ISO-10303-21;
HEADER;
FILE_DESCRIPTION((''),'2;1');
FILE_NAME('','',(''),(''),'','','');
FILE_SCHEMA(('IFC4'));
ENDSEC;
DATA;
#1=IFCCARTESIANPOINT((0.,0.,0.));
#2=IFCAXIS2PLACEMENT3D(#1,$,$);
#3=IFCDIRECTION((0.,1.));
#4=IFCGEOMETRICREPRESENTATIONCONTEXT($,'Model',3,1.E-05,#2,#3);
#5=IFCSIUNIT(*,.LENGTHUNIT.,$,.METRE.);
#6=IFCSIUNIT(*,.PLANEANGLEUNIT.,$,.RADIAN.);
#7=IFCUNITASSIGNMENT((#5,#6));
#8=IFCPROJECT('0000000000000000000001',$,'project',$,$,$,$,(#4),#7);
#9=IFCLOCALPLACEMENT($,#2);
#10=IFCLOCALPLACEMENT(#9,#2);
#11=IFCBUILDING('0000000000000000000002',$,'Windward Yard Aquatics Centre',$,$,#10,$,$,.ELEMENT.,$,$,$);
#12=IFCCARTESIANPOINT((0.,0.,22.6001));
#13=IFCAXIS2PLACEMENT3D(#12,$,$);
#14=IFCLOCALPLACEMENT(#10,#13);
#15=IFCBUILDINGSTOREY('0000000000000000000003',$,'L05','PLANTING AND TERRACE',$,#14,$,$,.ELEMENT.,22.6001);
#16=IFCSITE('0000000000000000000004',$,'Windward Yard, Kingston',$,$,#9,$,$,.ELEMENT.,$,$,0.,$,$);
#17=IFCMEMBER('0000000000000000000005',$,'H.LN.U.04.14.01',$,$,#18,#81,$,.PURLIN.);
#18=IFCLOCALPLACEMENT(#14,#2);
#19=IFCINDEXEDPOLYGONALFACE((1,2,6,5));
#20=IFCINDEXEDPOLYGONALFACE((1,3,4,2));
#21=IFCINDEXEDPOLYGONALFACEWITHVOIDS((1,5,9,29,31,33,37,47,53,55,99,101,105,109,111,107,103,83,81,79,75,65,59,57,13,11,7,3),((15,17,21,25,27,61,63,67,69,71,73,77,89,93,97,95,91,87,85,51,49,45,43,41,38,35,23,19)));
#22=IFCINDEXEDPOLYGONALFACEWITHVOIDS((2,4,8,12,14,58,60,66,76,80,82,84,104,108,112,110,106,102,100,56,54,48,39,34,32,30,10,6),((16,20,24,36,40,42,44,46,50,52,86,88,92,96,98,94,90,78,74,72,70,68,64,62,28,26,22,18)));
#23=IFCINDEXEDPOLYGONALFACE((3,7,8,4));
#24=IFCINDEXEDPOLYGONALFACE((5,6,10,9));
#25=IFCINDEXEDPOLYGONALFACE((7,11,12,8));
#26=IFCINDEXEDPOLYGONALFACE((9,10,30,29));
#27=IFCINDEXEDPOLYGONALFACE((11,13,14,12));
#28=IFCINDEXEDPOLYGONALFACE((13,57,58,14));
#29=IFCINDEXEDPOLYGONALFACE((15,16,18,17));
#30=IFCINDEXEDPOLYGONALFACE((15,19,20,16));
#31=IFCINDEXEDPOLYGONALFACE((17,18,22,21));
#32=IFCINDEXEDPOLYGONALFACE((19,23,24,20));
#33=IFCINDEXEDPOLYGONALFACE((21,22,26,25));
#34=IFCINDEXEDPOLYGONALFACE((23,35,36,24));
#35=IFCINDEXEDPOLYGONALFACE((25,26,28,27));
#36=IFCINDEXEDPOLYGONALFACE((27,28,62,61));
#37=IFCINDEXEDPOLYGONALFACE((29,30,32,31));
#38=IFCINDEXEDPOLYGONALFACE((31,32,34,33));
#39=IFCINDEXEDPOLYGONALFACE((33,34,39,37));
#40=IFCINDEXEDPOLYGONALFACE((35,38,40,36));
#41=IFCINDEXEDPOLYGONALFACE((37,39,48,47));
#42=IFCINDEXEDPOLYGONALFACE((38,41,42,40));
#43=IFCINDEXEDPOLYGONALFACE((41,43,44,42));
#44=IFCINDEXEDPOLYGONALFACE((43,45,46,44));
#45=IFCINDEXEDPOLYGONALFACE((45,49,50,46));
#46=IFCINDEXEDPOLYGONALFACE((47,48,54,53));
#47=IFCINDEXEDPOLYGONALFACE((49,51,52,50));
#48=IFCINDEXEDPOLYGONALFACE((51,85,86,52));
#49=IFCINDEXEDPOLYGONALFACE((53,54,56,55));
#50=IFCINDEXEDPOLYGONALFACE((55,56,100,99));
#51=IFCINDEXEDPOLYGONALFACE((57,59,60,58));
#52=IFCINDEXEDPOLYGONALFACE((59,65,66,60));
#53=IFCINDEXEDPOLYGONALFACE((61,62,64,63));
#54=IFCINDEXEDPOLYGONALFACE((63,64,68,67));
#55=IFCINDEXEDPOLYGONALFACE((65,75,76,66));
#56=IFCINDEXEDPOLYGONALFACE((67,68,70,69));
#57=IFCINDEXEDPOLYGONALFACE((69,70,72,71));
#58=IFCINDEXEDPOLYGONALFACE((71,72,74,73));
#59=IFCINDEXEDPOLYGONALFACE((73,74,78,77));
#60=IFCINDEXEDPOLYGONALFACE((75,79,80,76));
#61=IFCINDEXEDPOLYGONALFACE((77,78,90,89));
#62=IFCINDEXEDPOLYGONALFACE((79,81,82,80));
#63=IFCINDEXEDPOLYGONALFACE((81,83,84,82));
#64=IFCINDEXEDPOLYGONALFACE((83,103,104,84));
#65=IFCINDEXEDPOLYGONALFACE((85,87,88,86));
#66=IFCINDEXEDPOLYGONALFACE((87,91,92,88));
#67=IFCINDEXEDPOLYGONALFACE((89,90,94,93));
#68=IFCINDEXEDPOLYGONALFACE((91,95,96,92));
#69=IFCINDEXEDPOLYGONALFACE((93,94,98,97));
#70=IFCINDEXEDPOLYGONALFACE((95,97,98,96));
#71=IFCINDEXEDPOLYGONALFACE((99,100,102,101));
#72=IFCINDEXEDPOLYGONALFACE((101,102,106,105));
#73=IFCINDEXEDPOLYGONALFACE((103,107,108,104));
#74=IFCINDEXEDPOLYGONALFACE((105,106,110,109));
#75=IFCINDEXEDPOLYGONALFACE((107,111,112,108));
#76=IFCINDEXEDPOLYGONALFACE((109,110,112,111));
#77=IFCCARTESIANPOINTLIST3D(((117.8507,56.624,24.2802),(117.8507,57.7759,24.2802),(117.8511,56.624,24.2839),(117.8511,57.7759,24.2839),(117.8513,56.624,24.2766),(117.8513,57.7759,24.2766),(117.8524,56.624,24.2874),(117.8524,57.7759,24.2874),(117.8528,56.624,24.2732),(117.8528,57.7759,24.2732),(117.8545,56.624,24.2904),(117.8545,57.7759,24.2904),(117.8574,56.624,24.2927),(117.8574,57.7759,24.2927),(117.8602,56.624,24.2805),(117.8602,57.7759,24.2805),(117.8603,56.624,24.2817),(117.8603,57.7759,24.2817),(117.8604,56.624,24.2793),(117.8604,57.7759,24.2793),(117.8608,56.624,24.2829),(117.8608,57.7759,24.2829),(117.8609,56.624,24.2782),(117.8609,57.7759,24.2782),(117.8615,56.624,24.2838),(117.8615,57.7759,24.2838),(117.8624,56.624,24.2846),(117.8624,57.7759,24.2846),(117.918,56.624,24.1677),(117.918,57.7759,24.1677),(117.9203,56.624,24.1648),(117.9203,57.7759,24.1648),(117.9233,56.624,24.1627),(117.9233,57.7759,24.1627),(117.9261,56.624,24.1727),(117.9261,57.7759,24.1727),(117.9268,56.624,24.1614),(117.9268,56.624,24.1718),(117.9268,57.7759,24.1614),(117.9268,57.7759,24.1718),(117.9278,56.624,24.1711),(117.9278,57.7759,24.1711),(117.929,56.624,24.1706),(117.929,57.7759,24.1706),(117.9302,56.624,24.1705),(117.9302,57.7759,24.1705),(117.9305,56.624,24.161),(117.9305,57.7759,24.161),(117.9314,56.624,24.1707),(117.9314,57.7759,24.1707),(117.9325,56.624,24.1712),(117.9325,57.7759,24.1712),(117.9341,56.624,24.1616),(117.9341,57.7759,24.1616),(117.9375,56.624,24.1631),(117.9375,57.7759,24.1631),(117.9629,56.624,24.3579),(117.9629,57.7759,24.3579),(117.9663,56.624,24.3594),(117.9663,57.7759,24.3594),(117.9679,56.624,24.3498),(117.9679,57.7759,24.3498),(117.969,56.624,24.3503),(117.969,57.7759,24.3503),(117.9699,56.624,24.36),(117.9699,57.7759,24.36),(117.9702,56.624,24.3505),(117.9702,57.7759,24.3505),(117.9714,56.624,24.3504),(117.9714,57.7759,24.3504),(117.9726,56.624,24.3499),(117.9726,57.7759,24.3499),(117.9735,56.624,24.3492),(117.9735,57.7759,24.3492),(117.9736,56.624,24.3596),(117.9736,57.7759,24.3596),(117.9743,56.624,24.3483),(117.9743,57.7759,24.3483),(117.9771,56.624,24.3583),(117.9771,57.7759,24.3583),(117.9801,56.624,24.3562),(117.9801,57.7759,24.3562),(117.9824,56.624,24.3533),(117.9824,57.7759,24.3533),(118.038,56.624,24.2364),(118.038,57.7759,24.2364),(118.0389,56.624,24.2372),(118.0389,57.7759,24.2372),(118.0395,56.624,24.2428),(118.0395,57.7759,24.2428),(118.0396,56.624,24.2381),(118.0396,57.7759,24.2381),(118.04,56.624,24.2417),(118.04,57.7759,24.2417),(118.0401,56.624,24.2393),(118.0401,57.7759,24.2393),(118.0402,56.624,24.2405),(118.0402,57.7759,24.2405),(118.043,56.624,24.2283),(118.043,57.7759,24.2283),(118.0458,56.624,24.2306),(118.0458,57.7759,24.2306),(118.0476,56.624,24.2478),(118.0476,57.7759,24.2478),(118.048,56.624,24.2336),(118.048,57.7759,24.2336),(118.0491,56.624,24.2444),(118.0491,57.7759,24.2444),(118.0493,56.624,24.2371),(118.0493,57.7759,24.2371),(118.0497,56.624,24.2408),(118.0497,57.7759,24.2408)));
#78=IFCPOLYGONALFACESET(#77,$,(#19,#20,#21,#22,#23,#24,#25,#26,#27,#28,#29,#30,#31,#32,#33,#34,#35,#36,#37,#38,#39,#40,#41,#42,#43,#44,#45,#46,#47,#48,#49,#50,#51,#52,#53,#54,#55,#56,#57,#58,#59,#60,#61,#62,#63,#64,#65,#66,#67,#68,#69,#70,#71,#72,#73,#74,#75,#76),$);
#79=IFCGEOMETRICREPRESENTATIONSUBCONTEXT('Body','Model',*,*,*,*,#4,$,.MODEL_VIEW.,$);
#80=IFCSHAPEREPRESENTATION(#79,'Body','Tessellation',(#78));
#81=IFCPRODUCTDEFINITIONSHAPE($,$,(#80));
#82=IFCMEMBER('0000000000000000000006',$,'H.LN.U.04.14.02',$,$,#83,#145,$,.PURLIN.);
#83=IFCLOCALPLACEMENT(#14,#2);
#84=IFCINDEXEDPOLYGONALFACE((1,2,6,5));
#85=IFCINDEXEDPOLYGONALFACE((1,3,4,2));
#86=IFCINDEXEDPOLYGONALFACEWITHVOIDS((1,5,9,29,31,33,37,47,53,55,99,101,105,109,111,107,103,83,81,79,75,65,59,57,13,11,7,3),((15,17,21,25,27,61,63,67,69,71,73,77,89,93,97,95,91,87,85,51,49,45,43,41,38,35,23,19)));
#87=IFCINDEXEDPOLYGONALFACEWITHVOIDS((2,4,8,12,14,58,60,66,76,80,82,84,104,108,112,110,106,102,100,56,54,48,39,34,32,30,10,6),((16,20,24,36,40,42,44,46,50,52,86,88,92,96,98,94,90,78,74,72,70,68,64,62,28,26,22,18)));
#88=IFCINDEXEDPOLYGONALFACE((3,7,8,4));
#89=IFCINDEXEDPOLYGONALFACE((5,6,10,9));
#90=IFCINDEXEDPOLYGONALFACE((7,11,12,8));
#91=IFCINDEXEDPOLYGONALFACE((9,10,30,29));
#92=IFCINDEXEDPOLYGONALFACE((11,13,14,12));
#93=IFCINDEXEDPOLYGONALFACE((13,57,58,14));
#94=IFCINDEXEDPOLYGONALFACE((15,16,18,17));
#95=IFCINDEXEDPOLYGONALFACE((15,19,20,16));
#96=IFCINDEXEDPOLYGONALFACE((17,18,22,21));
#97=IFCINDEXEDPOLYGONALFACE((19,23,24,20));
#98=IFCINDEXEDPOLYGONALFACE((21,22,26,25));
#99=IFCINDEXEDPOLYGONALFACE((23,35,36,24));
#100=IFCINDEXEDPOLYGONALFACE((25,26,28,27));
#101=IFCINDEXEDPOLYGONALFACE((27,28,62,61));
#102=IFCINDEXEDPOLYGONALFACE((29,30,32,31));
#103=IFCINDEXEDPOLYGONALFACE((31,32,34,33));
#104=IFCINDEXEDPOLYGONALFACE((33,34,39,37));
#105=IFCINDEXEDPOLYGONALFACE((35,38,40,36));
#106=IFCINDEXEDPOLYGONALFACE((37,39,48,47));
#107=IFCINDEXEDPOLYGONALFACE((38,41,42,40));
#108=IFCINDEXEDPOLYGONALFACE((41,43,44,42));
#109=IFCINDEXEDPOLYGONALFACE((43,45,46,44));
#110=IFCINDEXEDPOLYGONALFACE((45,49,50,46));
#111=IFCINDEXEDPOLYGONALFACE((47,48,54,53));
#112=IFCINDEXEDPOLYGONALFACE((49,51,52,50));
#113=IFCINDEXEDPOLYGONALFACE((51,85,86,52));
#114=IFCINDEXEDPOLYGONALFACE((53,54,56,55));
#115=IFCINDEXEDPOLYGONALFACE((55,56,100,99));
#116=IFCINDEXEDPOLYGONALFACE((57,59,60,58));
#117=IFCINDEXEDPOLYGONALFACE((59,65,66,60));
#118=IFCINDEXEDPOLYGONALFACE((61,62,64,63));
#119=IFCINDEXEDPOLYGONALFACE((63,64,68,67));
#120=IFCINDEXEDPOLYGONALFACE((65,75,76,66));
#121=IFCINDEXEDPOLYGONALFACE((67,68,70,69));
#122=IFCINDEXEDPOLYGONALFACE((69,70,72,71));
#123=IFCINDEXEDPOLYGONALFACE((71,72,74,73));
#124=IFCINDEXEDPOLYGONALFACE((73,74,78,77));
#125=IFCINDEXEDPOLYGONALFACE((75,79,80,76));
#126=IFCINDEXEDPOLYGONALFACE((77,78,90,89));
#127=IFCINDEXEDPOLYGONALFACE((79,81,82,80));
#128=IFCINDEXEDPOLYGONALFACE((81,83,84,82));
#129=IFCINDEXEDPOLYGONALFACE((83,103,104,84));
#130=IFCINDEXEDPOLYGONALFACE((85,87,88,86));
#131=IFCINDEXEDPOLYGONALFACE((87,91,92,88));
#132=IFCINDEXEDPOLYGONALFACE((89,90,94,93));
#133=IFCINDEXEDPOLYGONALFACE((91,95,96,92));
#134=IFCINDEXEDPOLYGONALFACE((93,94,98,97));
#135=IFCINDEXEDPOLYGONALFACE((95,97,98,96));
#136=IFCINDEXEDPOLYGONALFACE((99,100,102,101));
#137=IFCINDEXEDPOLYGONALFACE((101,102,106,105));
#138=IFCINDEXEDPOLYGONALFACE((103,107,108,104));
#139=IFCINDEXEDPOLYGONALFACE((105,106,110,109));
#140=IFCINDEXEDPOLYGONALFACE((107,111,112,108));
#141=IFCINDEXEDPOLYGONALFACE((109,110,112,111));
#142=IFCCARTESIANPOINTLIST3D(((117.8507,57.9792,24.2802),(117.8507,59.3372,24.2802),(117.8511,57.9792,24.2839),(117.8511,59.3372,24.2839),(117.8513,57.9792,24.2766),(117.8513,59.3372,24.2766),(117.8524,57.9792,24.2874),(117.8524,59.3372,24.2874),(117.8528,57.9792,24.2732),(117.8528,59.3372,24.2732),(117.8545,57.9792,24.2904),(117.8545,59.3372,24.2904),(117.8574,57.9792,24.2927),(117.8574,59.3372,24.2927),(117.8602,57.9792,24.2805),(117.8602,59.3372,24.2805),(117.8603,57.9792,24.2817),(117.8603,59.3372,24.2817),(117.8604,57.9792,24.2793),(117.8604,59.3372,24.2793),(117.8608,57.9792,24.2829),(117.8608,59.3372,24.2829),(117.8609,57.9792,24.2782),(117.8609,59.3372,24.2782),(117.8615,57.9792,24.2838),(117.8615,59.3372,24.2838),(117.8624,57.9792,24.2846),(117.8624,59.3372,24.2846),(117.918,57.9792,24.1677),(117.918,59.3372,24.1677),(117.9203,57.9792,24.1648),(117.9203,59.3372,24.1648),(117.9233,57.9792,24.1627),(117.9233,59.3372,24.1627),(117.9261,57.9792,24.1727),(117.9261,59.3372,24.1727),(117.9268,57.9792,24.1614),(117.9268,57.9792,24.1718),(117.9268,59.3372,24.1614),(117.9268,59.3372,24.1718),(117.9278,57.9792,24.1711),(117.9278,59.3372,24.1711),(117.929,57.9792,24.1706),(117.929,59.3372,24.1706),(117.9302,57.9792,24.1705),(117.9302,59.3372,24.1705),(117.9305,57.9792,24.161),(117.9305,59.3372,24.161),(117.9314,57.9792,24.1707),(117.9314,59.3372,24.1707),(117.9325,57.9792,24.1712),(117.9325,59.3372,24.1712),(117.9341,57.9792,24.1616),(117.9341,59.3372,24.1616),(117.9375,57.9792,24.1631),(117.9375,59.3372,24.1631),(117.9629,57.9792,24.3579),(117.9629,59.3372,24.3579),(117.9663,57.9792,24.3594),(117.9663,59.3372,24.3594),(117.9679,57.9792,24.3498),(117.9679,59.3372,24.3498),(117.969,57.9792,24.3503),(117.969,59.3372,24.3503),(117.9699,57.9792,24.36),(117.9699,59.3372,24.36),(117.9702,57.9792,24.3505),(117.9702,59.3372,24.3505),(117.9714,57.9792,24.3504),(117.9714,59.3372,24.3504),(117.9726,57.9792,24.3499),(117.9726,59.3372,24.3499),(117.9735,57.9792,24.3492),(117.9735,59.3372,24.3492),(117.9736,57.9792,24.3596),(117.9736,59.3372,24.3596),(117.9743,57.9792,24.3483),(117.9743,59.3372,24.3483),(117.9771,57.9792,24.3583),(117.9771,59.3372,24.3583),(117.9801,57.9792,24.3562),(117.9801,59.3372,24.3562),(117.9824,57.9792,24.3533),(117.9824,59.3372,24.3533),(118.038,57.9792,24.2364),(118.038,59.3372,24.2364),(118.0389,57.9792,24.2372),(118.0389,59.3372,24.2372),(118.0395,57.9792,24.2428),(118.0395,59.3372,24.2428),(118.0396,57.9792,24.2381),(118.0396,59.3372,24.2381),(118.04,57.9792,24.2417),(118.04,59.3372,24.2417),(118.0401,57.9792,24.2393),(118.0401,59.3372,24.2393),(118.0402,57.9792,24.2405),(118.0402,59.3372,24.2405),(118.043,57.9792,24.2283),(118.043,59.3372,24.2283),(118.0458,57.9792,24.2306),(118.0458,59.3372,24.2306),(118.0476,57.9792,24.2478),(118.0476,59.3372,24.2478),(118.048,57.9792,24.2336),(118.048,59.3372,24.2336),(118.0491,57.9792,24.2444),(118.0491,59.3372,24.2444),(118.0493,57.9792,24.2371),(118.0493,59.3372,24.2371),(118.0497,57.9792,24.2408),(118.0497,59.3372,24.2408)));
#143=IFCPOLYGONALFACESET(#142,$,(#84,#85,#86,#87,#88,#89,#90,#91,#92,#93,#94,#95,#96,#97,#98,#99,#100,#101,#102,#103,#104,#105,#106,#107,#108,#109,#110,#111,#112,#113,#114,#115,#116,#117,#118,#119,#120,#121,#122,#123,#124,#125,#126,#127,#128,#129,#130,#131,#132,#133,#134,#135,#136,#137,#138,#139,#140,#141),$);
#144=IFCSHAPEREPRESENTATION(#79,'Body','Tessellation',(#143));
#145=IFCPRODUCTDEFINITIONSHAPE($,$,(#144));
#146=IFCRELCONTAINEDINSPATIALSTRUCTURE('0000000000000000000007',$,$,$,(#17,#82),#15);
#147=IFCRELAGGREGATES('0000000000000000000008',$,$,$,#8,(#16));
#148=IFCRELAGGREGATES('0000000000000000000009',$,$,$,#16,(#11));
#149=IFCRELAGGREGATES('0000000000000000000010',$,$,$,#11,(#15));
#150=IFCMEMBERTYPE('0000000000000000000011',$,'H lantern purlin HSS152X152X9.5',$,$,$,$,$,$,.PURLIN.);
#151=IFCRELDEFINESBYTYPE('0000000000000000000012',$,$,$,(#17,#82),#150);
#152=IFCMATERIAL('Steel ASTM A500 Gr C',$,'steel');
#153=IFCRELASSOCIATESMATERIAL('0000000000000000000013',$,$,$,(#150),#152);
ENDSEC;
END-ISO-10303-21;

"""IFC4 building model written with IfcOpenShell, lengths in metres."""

from ifc_helpers import new_model, si_unit, direction, frame, origin, origin_2d, place, context, subcontext, project, spatial, hollow_rectangle, extrude, material, material_profile, profile_set, type_object, element, save


model = new_model("IFC4")

# Units and contexts
model_context = context("Model", 3, precision=1e-05, world=origin(), true_north=direction((0.0, 1.0)))
body_context = subcontext(model_context, "Body", "Model", "MODEL_VIEW")
ifc_project = project(units=[si_unit("LENGTHUNIT", "METRE"), si_unit("PLANEANGLEUNIT", "RADIAN")], contexts=[model_context])

# Site, building, storey
site_placement = place(None, origin())
site = spatial("IfcSite", under=ifc_project, at=site_placement, Name="Windward Yard, Kingston", CompositionType="ELEMENT", RefElevation=0.0)
building_placement = place(site_placement, origin())
building = spatial("IfcBuilding", under=site, at=building_placement, Name="Windward Yard Aquatics Centre", CompositionType="ELEMENT")
storey_placement = place(building_placement, frame((0.0, 0.0, 22.6001)))
storey = spatial("IfcBuildingStorey", under=building, at=storey_placement, Name="L05", Description="PLANTING AND TERRACE", CompositionType="ELEMENT", Elevation=22.6001)

# Members
ifc_material_1 = material(Name="Steel ASTM A500 Gr C", Category="steel")
ifc_material_profile = material_profile(ifc_material_1, hollow_rectangle(XDim=0.1523, YDim=0.1523, WallThickness=0.0095, InnerFilletRadius=0.0046, OuterFilletRadius=0.0142, at=origin_2d()), Name="HSS152X152X9.5")
ifc_profile_set = profile_set([ifc_material_profile], Name="Steel ASTM A500 Gr C")
member_type = type_object("IfcMemberType", Name="H lantern purlin HSS152X152X9.5", PredefinedType="PURLIN", material=ifc_profile_set)
member_1_placement = place(storey_placement, frame((117.9502, 56.624, 24.2605), z_axis=(0.0, 1.0, 0.0), x_axis=(-0.850755, 0.0, -0.525562)))
element("IfcMember", 1, at=member_1_placement, inside=storey, type_object=member_type, Name="H.LN.U.04.14.01", PredefinedType="PURLIN", context=body_context, shape_type="SweptSolid", body=[
    extrude(hollow_rectangle(XDim=0.1523, YDim=0.1523, WallThickness=0.0095, InnerFilletRadius=0.0046, OuterFilletRadius=0.0142, at=origin_2d()), origin(), (0.0, 0.0, 1.0), 1.1519),
])
member_2_placement = place(storey_placement, frame((117.9502, 57.9792, 24.2605), z_axis=(0.0, 1.0, 0.0), x_axis=(-0.850755, 0.0, -0.525562)))
element("IfcMember", 2, at=member_2_placement, inside=storey, type_object=member_type, Name="H.LN.U.04.14.02", PredefinedType="PURLIN", context=body_context, shape_type="SweptSolid", body=[
    extrude(hollow_rectangle(XDim=0.1523, YDim=0.1523, WallThickness=0.0095, InnerFilletRadius=0.0046, OuterFilletRadius=0.0142, at=origin_2d()), origin(), (0.0, 0.0, 1.0), 1.3579),
])

save(model, "model.ifc")
